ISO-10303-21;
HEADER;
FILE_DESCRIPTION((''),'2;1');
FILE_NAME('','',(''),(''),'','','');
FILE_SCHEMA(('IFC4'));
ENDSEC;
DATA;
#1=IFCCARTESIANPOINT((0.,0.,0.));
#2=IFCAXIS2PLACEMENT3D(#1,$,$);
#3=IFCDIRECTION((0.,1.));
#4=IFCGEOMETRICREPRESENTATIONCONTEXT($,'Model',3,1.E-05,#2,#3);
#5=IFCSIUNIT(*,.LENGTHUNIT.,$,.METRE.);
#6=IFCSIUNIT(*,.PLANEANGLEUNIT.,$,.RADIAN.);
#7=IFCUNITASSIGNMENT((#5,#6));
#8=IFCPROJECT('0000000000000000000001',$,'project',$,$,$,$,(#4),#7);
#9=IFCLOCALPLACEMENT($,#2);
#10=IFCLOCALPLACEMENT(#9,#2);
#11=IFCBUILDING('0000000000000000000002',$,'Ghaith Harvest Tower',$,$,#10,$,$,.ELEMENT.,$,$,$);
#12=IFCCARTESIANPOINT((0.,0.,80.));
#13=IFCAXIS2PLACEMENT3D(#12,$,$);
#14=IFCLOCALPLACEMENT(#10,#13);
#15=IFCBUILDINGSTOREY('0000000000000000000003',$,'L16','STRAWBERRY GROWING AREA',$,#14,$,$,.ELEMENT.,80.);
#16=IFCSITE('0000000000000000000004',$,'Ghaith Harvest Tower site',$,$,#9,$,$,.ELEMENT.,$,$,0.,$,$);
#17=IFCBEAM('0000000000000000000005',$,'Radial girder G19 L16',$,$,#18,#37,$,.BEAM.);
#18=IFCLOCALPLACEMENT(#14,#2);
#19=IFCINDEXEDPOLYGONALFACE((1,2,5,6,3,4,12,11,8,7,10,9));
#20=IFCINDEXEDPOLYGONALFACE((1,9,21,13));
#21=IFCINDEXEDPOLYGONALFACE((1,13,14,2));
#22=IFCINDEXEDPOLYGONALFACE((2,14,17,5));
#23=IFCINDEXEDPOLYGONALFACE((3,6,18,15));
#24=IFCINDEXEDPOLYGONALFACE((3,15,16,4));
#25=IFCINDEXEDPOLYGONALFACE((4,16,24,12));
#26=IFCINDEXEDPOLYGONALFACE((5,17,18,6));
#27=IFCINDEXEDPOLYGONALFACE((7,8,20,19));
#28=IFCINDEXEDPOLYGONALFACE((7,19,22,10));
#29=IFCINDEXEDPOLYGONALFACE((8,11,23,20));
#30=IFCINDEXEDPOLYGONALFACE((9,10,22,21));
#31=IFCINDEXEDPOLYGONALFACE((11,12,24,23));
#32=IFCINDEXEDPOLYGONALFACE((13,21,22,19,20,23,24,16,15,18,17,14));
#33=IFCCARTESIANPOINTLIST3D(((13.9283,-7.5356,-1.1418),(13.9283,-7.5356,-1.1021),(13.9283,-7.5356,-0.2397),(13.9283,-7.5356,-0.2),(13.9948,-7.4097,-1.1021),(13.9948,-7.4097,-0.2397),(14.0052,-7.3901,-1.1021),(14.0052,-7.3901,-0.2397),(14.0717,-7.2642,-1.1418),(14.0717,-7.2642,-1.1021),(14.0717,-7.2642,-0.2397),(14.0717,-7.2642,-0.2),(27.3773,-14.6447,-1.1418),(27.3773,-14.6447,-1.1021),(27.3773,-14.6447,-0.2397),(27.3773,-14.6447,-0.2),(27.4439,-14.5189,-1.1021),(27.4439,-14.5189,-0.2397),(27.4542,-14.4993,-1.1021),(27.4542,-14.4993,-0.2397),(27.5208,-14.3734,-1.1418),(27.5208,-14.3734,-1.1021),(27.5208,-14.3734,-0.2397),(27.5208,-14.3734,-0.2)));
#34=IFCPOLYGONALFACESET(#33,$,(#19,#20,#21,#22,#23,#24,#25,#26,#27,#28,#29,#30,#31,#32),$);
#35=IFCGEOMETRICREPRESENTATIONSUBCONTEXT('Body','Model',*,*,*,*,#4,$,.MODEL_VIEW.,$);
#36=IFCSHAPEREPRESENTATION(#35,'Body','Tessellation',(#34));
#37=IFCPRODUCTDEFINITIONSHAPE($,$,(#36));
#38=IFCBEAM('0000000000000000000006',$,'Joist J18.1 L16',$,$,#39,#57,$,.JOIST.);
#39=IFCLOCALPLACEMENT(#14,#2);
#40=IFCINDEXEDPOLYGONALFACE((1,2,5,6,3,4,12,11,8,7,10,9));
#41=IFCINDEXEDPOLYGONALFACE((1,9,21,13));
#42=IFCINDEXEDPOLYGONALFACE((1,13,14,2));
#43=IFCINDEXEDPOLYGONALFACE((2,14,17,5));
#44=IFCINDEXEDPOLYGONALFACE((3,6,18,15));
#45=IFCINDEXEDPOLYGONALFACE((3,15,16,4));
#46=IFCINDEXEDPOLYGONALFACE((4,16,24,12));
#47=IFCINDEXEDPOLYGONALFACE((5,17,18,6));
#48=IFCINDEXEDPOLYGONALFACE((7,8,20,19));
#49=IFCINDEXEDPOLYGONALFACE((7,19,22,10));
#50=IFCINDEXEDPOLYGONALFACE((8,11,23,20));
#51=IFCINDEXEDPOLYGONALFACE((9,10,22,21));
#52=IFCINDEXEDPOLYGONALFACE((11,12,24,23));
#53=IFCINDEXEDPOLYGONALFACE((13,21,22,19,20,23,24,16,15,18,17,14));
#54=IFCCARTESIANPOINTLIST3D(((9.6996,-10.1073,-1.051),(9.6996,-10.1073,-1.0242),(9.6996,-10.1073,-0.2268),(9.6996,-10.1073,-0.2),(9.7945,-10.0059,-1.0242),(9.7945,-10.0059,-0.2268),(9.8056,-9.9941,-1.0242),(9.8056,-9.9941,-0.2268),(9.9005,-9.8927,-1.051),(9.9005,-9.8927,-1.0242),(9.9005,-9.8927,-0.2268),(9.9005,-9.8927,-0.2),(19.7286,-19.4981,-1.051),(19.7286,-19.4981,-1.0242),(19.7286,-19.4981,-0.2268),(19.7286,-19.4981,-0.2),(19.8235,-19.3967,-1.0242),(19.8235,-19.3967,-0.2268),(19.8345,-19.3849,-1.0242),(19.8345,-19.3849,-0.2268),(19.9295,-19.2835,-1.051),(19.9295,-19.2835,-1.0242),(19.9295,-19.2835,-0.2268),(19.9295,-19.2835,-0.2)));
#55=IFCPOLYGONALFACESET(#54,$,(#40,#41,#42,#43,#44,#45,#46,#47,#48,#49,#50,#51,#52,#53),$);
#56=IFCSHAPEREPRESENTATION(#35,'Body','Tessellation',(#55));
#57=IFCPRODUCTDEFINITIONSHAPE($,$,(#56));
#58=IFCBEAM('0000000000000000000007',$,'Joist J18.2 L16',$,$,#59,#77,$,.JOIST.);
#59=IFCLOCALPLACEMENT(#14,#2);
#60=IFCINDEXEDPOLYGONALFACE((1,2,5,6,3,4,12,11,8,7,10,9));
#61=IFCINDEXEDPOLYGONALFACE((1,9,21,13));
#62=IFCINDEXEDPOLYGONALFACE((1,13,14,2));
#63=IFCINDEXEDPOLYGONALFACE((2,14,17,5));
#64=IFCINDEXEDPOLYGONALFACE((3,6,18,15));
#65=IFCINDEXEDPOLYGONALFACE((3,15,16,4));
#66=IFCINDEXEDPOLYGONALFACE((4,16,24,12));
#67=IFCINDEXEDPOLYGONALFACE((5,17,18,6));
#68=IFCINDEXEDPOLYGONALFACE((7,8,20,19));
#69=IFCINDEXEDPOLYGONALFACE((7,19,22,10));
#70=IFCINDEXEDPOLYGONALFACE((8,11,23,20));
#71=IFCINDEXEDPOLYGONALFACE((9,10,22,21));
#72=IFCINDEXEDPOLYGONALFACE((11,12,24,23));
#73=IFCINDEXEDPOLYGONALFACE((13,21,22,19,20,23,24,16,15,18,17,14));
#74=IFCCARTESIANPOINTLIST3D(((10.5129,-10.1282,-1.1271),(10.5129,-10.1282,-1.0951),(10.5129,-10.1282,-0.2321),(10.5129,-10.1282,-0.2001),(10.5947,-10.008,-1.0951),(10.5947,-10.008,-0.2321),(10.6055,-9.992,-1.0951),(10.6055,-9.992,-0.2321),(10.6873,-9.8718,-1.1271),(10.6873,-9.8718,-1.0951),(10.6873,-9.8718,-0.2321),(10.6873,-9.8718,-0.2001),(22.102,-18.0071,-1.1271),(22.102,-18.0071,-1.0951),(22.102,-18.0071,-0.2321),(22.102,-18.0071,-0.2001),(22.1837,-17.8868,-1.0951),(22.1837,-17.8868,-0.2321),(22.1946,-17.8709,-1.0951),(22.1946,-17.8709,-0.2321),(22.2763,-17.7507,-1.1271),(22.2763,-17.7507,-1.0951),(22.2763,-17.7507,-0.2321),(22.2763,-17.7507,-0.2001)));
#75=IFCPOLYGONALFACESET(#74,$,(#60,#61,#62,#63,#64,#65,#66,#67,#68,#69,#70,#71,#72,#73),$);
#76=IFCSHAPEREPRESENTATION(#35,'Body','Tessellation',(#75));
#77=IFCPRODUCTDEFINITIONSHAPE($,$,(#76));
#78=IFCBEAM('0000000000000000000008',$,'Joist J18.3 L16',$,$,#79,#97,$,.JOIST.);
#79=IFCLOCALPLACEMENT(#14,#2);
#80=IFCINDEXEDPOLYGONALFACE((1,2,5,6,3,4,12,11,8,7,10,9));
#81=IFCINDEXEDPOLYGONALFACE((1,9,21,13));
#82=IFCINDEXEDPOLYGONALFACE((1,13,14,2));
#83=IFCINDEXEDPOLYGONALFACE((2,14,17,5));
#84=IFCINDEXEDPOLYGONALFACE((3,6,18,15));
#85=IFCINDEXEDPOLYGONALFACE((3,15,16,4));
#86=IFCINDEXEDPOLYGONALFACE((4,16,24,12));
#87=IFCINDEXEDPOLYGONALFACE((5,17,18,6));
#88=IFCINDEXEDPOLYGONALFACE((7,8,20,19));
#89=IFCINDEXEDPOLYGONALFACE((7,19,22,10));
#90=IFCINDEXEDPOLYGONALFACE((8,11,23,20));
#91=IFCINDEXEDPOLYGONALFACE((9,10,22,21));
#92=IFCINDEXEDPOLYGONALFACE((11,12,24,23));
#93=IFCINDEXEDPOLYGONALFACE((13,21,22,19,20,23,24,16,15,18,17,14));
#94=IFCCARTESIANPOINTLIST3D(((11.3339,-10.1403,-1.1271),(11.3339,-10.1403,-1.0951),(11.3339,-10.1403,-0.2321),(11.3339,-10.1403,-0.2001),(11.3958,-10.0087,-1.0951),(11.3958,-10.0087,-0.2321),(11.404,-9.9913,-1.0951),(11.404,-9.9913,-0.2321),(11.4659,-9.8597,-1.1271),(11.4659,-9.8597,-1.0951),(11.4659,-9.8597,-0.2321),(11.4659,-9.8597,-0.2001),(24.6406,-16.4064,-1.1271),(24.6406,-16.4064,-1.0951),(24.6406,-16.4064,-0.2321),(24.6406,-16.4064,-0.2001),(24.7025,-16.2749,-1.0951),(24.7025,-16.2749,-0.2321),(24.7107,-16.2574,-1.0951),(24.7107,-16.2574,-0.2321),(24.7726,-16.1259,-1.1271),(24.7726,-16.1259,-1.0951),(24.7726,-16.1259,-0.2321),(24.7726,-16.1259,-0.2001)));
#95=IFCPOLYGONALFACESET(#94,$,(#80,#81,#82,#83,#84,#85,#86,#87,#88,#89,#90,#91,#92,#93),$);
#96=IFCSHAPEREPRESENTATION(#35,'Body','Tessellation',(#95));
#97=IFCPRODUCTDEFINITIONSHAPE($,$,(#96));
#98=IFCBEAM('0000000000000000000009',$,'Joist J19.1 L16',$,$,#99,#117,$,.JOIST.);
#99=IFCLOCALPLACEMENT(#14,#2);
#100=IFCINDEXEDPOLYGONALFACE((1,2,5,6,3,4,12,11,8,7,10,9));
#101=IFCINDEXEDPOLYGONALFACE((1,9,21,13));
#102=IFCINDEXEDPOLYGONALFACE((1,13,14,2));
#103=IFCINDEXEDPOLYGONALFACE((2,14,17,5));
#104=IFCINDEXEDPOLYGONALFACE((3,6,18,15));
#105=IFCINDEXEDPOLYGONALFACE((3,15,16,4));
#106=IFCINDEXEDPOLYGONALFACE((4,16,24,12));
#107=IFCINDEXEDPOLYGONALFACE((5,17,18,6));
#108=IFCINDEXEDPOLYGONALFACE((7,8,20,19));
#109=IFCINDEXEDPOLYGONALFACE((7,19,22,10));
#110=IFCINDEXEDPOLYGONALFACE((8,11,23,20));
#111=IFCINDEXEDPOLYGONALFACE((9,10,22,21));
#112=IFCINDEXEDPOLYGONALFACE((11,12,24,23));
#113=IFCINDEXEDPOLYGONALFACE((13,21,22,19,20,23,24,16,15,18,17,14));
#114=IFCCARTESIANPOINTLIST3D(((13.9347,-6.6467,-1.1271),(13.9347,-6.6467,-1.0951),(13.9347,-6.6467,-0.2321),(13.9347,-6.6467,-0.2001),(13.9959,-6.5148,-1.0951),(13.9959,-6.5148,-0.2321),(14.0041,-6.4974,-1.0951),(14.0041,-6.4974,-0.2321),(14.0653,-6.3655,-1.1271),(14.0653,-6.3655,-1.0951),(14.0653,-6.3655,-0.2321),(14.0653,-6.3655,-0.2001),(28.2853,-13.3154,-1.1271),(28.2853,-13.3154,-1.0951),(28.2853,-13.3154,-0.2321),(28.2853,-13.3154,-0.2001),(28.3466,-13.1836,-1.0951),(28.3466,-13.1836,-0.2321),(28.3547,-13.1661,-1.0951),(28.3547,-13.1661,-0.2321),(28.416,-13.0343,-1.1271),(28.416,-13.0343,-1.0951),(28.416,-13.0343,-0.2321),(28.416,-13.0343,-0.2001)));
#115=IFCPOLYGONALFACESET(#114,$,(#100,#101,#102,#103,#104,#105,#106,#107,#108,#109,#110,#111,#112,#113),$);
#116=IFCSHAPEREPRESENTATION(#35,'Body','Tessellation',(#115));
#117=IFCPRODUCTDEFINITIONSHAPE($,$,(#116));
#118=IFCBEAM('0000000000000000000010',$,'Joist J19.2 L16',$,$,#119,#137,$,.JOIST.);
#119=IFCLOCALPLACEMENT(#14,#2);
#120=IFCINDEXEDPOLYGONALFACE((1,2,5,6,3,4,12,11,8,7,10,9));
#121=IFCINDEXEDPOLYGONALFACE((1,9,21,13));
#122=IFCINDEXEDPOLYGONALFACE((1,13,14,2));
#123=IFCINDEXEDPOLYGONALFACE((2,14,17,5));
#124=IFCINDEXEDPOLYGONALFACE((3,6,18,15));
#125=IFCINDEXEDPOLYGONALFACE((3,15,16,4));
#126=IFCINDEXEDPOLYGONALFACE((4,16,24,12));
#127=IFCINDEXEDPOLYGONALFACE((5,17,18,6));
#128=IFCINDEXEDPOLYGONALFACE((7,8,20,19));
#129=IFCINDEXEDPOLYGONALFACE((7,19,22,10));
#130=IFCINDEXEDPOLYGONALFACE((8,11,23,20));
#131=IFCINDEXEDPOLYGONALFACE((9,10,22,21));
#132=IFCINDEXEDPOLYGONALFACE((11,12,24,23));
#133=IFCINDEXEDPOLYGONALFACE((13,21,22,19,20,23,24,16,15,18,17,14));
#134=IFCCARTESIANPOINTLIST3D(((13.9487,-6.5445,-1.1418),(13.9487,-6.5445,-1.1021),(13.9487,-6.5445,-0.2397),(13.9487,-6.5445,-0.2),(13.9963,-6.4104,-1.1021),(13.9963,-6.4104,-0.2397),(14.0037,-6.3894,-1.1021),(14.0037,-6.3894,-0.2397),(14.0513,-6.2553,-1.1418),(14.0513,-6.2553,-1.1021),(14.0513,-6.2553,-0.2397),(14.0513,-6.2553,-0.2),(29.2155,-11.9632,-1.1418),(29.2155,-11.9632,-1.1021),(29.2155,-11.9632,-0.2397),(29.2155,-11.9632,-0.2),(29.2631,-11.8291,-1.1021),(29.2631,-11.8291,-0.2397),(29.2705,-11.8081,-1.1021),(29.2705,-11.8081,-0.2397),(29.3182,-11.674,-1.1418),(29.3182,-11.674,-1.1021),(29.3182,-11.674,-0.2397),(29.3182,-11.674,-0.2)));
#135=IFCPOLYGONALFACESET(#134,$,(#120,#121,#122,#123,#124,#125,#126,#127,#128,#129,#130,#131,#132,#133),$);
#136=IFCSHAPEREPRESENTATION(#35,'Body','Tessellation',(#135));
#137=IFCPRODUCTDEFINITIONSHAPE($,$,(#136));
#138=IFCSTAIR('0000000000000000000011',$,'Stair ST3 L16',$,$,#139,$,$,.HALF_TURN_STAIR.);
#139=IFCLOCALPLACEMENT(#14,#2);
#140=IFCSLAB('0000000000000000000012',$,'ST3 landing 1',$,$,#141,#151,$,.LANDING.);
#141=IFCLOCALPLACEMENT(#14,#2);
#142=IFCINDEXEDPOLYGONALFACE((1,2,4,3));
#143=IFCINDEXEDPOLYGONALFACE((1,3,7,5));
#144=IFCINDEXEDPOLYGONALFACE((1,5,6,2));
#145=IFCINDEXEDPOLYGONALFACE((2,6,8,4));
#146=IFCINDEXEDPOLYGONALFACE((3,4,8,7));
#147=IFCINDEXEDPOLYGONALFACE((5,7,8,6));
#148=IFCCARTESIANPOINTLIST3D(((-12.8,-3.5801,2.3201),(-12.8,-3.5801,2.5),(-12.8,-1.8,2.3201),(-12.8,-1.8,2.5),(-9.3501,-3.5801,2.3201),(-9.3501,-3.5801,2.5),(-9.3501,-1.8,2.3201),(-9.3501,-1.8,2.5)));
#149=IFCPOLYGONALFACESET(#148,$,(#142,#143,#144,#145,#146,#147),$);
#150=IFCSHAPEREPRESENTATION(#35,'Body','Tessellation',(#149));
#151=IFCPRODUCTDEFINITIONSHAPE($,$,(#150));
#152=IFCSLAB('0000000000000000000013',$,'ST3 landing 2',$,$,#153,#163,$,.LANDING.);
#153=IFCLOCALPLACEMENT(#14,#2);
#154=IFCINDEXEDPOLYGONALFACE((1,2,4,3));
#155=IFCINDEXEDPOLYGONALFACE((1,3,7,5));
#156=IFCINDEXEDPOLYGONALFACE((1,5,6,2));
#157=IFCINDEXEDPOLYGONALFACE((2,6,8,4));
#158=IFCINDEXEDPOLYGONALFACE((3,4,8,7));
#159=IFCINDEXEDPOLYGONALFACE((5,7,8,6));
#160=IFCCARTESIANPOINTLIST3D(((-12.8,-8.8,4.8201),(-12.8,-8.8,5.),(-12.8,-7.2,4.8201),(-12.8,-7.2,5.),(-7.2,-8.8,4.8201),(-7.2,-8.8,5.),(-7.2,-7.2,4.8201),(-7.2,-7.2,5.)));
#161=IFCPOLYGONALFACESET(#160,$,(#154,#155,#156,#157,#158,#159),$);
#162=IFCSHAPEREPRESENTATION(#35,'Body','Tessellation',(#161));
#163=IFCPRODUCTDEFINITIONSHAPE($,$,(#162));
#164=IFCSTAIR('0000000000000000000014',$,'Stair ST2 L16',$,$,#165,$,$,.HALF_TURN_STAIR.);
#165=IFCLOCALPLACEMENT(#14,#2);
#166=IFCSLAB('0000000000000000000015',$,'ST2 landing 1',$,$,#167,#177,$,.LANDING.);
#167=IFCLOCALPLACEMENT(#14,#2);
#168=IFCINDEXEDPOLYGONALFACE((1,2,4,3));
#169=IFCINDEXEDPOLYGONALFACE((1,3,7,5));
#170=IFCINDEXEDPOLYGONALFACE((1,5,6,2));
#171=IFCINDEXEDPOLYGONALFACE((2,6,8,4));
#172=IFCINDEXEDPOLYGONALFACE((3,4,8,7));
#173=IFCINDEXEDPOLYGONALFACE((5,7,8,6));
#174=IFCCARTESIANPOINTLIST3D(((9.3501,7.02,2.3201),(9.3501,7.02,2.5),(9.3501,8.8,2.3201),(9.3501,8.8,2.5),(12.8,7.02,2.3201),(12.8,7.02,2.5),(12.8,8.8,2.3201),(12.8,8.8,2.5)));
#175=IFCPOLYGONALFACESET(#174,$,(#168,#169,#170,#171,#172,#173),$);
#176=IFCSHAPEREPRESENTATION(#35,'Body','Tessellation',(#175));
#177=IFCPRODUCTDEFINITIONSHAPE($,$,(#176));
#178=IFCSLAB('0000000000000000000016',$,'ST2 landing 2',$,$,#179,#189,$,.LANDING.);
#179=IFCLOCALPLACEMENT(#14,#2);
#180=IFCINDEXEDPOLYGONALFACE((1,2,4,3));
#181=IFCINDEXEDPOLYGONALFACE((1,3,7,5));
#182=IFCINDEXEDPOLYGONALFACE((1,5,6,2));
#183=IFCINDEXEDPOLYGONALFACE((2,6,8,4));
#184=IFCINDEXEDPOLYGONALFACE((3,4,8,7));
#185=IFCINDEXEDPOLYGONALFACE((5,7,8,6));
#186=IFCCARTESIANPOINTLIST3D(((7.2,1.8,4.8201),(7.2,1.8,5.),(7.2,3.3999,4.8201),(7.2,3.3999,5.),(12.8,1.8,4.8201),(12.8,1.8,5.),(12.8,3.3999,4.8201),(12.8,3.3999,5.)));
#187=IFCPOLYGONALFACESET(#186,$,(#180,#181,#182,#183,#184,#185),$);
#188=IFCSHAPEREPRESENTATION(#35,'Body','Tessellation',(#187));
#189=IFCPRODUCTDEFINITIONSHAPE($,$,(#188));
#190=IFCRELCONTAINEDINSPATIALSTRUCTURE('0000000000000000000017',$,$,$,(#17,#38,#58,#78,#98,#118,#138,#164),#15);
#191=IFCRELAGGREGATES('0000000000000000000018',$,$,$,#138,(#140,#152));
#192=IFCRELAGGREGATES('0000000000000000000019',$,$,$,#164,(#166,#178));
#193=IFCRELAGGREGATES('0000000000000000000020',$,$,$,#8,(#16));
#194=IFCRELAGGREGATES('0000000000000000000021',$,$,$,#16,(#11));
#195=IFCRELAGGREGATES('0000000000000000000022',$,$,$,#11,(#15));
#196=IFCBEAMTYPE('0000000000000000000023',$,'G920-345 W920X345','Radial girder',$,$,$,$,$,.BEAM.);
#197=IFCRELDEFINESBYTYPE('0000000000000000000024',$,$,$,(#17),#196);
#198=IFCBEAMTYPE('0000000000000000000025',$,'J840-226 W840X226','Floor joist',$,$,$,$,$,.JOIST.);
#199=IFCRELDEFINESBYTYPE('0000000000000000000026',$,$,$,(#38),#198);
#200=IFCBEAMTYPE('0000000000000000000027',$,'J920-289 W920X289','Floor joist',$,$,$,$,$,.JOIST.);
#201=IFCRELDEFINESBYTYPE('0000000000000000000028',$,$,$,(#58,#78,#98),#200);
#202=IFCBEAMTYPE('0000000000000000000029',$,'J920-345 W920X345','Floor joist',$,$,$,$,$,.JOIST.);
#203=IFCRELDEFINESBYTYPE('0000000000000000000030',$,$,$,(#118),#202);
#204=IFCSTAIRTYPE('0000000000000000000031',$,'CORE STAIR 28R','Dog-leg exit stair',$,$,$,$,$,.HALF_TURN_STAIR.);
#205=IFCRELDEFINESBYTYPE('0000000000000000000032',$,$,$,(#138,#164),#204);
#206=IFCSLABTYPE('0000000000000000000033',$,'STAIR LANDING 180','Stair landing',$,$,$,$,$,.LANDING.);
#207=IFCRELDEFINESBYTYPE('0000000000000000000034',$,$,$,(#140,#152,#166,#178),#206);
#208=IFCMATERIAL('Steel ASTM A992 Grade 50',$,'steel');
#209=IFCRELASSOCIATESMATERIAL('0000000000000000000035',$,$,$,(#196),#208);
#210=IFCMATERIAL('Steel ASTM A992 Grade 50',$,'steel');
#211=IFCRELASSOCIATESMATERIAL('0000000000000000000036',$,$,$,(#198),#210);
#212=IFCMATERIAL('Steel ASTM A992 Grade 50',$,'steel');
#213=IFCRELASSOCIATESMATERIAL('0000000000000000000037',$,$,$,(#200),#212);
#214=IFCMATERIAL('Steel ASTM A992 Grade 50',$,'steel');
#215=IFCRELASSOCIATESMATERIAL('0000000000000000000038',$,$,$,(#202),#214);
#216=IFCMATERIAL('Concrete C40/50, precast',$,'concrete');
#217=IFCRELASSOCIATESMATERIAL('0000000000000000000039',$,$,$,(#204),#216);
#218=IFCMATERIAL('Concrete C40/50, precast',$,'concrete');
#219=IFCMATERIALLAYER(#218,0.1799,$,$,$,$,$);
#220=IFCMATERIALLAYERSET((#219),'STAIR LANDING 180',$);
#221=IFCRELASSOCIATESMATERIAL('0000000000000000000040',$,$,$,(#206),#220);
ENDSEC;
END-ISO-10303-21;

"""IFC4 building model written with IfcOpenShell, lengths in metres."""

from ifc_helpers import new_model, si_unit, direction, frame, origin, origin_2d, place, context, subcontext, project, spatial, polyline, i_section, outline, extrude, material, layer, layer_set, material_profile, profile_set, type_object, element, aggregate, save


model = new_model("IFC4")

# Units and contexts
model_context = context("Model", 3, precision=1e-05, world=origin(), true_north=direction((0.0, 1.0)))
body_context = subcontext(model_context, "Body", "Model", "MODEL_VIEW")
ifc_project = project(units=[si_unit("LENGTHUNIT", "METRE"), si_unit("PLANEANGLEUNIT", "RADIAN")], contexts=[model_context])

# Site, building, storey
site_placement = place(None, origin())
site = spatial("IfcSite", under=ifc_project, at=site_placement, Name="Ghaith Harvest Tower site", CompositionType="ELEMENT", RefElevation=0.0)
building_placement = place(site_placement, origin())
building = spatial("IfcBuilding", under=site, at=building_placement, Name="Ghaith Harvest Tower", CompositionType="ELEMENT")
storey_placement = place(building_placement, frame((0.0, 0.0, 80.0)))
storey = spatial("IfcBuildingStorey", under=building, at=storey_placement, Name="L16", Description="STRAWBERRY GROWING AREA", CompositionType="ELEMENT", Elevation=80.0)

# Beams
ifc_material_1 = material(Name="Steel ASTM A992 Grade 50", Category="steel")
ifc_material_profile_1 = material_profile(ifc_material_1, i_section(OverallWidth=0.3069, OverallDepth=0.9419, WebThickness=0.0222, FlangeThickness=0.0398, at=origin_2d()), Name="W920X345")
ifc_profile_set_1 = profile_set([ifc_material_profile_1], Name="Steel ASTM A992 Grade 50")
beam_type_1 = type_object("IfcBeamType", Name="G920-345 W920X345", Description="Radial girder", PredefinedType="BEAM", material=ifc_profile_set_1)
beam_1_placement = place(storey_placement, frame((14.0, -7.3999, -0.6709), z_axis=(0.884084, -0.467327, 0.0), x_axis=(0.467327, 0.884084, 0.0)))
element("IfcBeam", 1, at=beam_1_placement, inside=storey, type_object=beam_type_1, Name="Radial girder G19 L16", PredefinedType="BEAM", context=body_context, shape_type="SweptSolid", body=[
    extrude(i_section(OverallWidth=0.3069, OverallDepth=0.9419, WebThickness=0.0222, FlangeThickness=0.0398, at=origin_2d()), origin(), (0.0, 0.0, 1.0), 15.2124),
])
ifc_material_2 = material(Name="Steel ASTM A992 Grade 50", Category="steel")
ifc_material_profile_2 = material_profile(ifc_material_2, i_section(OverallWidth=0.2939, OverallDepth=0.8511, WebThickness=0.0161, FlangeThickness=0.0269, at=origin_2d()), Name="W840X226")
ifc_profile_set_2 = profile_set([ifc_material_profile_2], Name="Steel ASTM A992 Grade 50")
beam_type_2 = type_object("IfcBeamType", Name="J840-226 W840X226", Description="Floor joist", PredefinedType="JOIST", material=ifc_profile_set_2)
beam_2_placement = place(storey_placement, frame((9.8, -10.0, -0.6255), z_axis=(0.72995, -0.683501, 0.0), x_axis=(0.683501, 0.72995, 0.0)))
element("IfcBeam", 2, at=beam_2_placement, inside=storey, type_object=beam_type_2, Name="Joist J18.1 L16", PredefinedType="JOIST", context=body_context, shape_type="SweptSolid", body=[
    extrude(i_section(OverallWidth=0.2939, OverallDepth=0.8511, WebThickness=0.0161, FlangeThickness=0.0269, at=origin_2d()), origin(), (0.0, 0.0, 1.0), 13.7393),
])
ifc_material_3 = material(Name="Steel ASTM A992 Grade 50", Category="steel")
ifc_material_profile_3 = material_profile(ifc_material_3, i_section(OverallWidth=0.3101, OverallDepth=0.927, WebThickness=0.0193, FlangeThickness=0.032, at=origin_2d()), Name="W920X289")
ifc_profile_set_3 = profile_set([ifc_material_profile_3], Name="Steel ASTM A992 Grade 50")
beam_type_3 = type_object("IfcBeamType", Name="J920-289 W920X289", Description="Floor joist", PredefinedType="JOIST", material=ifc_profile_set_3)
beam_3_placement = place(storey_placement, frame((10.6001, -10.0, -0.6636), z_axis=(0.826983, -0.562228, 0.0), x_axis=(0.562228, 0.826983, 0.0)))
element("IfcBeam", 3, at=beam_3_placement, inside=storey, type_object=beam_type_3, Name="Joist J18.2 L16", PredefinedType="JOIST", context=body_context, shape_type="SweptSolid", body=[
    extrude(i_section(OverallWidth=0.3101, OverallDepth=0.927, WebThickness=0.0193, FlangeThickness=0.032, at=origin_2d()), origin(), (0.0, 0.0, 1.0), 14.0137),
])
beam_4_placement = place(storey_placement, frame((11.3999, -10.0, -0.6636), z_axis=(0.90471, -0.426029, 0.0), x_axis=(0.426029, 0.90471, 0.0)))
element("IfcBeam", 4, at=beam_4_placement, inside=storey, type_object=beam_type_3, Name="Joist J18.3 L16", PredefinedType="JOIST", context=body_context, shape_type="SweptSolid", body=[
    extrude(i_section(OverallWidth=0.3101, OverallDepth=0.927, WebThickness=0.0193, FlangeThickness=0.032, at=origin_2d()), origin(), (0.0, 0.0, 1.0), 14.7083),
])
beam_5_placement = place(storey_placement, frame((14.0, -6.5061, -0.6636), z_axis=(0.906866, -0.42142, 0.0), x_axis=(0.42142, 0.906866, 0.0)))
element("IfcBeam", 5, at=beam_5_placement, inside=storey, type_object=beam_type_3, Name="Joist J19.1 L16", PredefinedType="JOIST", context=body_context, shape_type="SweptSolid", body=[
    extrude(i_section(OverallWidth=0.3101, OverallDepth=0.927, WebThickness=0.0193, FlangeThickness=0.032, at=origin_2d()), origin(), (0.0, 0.0, 1.0), 15.8245),
])
ifc_material_4 = material(Name="Steel ASTM A992 Grade 50", Category="steel")
ifc_material_profile_4 = material_profile(ifc_material_4, i_section(OverallWidth=0.3069, OverallDepth=0.9419, WebThickness=0.0222, FlangeThickness=0.0398, at=origin_2d()), Name="W920X345")
ifc_profile_set_4 = profile_set([ifc_material_profile_4], Name="Steel ASTM A992 Grade 50")
beam_type_4 = type_object("IfcBeamType", Name="J920-345 W920X345", Description="Floor joist", PredefinedType="JOIST", material=ifc_profile_set_4)
beam_6_placement = place(storey_placement, frame((14.0, -6.3999, -0.6709), z_axis=(0.9424, -0.334488, 0.0), x_axis=(0.334488, 0.9424, 0.0)))
element("IfcBeam", 6, at=beam_6_placement, inside=storey, type_object=beam_type_4, Name="Joist J19.2 L16", PredefinedType="JOIST", context=body_context, shape_type="SweptSolid", body=[
    extrude(i_section(OverallWidth=0.3069, OverallDepth=0.9419, WebThickness=0.0222, FlangeThickness=0.0398, at=origin_2d()), origin(), (0.0, 0.0, 1.0), 16.2),
])

# Stairs, slabs
ifc_material_5 = material(Name="Concrete C40/50, precast", Category="concrete")
stair_type = type_object("IfcStairType", Name="CORE STAIR 28R", Description="Dog-leg exit stair", PredefinedType="HALF_TURN_STAIR", material=ifc_material_5)
stair_1_placement = place(storey_placement, origin())
stair_1 = element("IfcStair", 7, at=stair_1_placement, inside=storey, type_object=stair_type, Name="Stair ST3 L16", PredefinedType="HALF_TURN_STAIR")
ifc_material_6 = material(Name="Concrete C40/50, precast", Category="concrete")
ifc_layer_1 = layer(ifc_material_6, 0.1799)
ifc_layer_set_1 = layer_set([ifc_layer_1], Name="STAIR LANDING 180")
slab_type = type_object("IfcSlabType", Name="STAIR LANDING 180", Description="Stair landing", PredefinedType="LANDING", material=ifc_layer_set_1)
slab_1_placement = place(storey_placement, frame((0.0, 0.0, 2.3201)))
slab_1 = element("IfcSlab", 8, at=slab_1_placement, type_object=slab_type, Name="ST3 landing 1", PredefinedType="LANDING", context=body_context, shape_type="SweptSolid", body=[
    extrude(outline(polyline([(-12.8, -3.5801), (-12.8, -1.8), (-9.3501, -1.8), (-9.3501, -3.5801), (-12.8, -3.5801)])), origin(), (0.0, 0.0, 1.0), 0.1799),
])
slab_2_placement = place(storey_placement, frame((0.0, 0.0, 4.8201)))
slab_2 = element("IfcSlab", 9, at=slab_2_placement, type_object=slab_type, Name="ST3 landing 2", PredefinedType="LANDING", context=body_context, shape_type="SweptSolid", body=[
    extrude(outline(polyline([(-12.8, -8.8), (-12.8, -7.2), (-7.2, -7.2), (-7.2, -8.8), (-12.8, -8.8)])), origin(), (0.0, 0.0, 1.0), 0.1799),
])
aggregate(stair_1, [slab_1, slab_2])
stair_2_placement = place(storey_placement, origin())
stair_2 = element("IfcStair", 10, at=stair_2_placement, inside=storey, type_object=stair_type, Name="Stair ST2 L16", PredefinedType="HALF_TURN_STAIR")
slab_3_placement = place(storey_placement, frame((0.0, 0.0, 2.3201)))
slab_3 = element("IfcSlab", 11, at=slab_3_placement, type_object=slab_type, Name="ST2 landing 1", PredefinedType="LANDING", context=body_context, shape_type="SweptSolid", body=[
    extrude(outline(polyline([(12.8, 7.02), (12.8, 8.8), (9.3501, 8.8), (9.3501, 7.02), (12.8, 7.02)])), origin(), (0.0, 0.0, 1.0), 0.1799),
])
slab_4_placement = place(storey_placement, frame((0.0, 0.0, 4.8201)))
slab_4 = element("IfcSlab", 12, at=slab_4_placement, type_object=slab_type, Name="ST2 landing 2", PredefinedType="LANDING", context=body_context, shape_type="SweptSolid", body=[
    extrude(outline(polyline([(12.8, 1.8), (12.8, 3.3999), (7.2, 3.3999), (7.2, 1.8), (12.8, 1.8)])), origin(), (0.0, 0.0, 1.0), 0.1799),
])
aggregate(stair_2, [slab_3, slab_4])

save(model, "model.ifc")
